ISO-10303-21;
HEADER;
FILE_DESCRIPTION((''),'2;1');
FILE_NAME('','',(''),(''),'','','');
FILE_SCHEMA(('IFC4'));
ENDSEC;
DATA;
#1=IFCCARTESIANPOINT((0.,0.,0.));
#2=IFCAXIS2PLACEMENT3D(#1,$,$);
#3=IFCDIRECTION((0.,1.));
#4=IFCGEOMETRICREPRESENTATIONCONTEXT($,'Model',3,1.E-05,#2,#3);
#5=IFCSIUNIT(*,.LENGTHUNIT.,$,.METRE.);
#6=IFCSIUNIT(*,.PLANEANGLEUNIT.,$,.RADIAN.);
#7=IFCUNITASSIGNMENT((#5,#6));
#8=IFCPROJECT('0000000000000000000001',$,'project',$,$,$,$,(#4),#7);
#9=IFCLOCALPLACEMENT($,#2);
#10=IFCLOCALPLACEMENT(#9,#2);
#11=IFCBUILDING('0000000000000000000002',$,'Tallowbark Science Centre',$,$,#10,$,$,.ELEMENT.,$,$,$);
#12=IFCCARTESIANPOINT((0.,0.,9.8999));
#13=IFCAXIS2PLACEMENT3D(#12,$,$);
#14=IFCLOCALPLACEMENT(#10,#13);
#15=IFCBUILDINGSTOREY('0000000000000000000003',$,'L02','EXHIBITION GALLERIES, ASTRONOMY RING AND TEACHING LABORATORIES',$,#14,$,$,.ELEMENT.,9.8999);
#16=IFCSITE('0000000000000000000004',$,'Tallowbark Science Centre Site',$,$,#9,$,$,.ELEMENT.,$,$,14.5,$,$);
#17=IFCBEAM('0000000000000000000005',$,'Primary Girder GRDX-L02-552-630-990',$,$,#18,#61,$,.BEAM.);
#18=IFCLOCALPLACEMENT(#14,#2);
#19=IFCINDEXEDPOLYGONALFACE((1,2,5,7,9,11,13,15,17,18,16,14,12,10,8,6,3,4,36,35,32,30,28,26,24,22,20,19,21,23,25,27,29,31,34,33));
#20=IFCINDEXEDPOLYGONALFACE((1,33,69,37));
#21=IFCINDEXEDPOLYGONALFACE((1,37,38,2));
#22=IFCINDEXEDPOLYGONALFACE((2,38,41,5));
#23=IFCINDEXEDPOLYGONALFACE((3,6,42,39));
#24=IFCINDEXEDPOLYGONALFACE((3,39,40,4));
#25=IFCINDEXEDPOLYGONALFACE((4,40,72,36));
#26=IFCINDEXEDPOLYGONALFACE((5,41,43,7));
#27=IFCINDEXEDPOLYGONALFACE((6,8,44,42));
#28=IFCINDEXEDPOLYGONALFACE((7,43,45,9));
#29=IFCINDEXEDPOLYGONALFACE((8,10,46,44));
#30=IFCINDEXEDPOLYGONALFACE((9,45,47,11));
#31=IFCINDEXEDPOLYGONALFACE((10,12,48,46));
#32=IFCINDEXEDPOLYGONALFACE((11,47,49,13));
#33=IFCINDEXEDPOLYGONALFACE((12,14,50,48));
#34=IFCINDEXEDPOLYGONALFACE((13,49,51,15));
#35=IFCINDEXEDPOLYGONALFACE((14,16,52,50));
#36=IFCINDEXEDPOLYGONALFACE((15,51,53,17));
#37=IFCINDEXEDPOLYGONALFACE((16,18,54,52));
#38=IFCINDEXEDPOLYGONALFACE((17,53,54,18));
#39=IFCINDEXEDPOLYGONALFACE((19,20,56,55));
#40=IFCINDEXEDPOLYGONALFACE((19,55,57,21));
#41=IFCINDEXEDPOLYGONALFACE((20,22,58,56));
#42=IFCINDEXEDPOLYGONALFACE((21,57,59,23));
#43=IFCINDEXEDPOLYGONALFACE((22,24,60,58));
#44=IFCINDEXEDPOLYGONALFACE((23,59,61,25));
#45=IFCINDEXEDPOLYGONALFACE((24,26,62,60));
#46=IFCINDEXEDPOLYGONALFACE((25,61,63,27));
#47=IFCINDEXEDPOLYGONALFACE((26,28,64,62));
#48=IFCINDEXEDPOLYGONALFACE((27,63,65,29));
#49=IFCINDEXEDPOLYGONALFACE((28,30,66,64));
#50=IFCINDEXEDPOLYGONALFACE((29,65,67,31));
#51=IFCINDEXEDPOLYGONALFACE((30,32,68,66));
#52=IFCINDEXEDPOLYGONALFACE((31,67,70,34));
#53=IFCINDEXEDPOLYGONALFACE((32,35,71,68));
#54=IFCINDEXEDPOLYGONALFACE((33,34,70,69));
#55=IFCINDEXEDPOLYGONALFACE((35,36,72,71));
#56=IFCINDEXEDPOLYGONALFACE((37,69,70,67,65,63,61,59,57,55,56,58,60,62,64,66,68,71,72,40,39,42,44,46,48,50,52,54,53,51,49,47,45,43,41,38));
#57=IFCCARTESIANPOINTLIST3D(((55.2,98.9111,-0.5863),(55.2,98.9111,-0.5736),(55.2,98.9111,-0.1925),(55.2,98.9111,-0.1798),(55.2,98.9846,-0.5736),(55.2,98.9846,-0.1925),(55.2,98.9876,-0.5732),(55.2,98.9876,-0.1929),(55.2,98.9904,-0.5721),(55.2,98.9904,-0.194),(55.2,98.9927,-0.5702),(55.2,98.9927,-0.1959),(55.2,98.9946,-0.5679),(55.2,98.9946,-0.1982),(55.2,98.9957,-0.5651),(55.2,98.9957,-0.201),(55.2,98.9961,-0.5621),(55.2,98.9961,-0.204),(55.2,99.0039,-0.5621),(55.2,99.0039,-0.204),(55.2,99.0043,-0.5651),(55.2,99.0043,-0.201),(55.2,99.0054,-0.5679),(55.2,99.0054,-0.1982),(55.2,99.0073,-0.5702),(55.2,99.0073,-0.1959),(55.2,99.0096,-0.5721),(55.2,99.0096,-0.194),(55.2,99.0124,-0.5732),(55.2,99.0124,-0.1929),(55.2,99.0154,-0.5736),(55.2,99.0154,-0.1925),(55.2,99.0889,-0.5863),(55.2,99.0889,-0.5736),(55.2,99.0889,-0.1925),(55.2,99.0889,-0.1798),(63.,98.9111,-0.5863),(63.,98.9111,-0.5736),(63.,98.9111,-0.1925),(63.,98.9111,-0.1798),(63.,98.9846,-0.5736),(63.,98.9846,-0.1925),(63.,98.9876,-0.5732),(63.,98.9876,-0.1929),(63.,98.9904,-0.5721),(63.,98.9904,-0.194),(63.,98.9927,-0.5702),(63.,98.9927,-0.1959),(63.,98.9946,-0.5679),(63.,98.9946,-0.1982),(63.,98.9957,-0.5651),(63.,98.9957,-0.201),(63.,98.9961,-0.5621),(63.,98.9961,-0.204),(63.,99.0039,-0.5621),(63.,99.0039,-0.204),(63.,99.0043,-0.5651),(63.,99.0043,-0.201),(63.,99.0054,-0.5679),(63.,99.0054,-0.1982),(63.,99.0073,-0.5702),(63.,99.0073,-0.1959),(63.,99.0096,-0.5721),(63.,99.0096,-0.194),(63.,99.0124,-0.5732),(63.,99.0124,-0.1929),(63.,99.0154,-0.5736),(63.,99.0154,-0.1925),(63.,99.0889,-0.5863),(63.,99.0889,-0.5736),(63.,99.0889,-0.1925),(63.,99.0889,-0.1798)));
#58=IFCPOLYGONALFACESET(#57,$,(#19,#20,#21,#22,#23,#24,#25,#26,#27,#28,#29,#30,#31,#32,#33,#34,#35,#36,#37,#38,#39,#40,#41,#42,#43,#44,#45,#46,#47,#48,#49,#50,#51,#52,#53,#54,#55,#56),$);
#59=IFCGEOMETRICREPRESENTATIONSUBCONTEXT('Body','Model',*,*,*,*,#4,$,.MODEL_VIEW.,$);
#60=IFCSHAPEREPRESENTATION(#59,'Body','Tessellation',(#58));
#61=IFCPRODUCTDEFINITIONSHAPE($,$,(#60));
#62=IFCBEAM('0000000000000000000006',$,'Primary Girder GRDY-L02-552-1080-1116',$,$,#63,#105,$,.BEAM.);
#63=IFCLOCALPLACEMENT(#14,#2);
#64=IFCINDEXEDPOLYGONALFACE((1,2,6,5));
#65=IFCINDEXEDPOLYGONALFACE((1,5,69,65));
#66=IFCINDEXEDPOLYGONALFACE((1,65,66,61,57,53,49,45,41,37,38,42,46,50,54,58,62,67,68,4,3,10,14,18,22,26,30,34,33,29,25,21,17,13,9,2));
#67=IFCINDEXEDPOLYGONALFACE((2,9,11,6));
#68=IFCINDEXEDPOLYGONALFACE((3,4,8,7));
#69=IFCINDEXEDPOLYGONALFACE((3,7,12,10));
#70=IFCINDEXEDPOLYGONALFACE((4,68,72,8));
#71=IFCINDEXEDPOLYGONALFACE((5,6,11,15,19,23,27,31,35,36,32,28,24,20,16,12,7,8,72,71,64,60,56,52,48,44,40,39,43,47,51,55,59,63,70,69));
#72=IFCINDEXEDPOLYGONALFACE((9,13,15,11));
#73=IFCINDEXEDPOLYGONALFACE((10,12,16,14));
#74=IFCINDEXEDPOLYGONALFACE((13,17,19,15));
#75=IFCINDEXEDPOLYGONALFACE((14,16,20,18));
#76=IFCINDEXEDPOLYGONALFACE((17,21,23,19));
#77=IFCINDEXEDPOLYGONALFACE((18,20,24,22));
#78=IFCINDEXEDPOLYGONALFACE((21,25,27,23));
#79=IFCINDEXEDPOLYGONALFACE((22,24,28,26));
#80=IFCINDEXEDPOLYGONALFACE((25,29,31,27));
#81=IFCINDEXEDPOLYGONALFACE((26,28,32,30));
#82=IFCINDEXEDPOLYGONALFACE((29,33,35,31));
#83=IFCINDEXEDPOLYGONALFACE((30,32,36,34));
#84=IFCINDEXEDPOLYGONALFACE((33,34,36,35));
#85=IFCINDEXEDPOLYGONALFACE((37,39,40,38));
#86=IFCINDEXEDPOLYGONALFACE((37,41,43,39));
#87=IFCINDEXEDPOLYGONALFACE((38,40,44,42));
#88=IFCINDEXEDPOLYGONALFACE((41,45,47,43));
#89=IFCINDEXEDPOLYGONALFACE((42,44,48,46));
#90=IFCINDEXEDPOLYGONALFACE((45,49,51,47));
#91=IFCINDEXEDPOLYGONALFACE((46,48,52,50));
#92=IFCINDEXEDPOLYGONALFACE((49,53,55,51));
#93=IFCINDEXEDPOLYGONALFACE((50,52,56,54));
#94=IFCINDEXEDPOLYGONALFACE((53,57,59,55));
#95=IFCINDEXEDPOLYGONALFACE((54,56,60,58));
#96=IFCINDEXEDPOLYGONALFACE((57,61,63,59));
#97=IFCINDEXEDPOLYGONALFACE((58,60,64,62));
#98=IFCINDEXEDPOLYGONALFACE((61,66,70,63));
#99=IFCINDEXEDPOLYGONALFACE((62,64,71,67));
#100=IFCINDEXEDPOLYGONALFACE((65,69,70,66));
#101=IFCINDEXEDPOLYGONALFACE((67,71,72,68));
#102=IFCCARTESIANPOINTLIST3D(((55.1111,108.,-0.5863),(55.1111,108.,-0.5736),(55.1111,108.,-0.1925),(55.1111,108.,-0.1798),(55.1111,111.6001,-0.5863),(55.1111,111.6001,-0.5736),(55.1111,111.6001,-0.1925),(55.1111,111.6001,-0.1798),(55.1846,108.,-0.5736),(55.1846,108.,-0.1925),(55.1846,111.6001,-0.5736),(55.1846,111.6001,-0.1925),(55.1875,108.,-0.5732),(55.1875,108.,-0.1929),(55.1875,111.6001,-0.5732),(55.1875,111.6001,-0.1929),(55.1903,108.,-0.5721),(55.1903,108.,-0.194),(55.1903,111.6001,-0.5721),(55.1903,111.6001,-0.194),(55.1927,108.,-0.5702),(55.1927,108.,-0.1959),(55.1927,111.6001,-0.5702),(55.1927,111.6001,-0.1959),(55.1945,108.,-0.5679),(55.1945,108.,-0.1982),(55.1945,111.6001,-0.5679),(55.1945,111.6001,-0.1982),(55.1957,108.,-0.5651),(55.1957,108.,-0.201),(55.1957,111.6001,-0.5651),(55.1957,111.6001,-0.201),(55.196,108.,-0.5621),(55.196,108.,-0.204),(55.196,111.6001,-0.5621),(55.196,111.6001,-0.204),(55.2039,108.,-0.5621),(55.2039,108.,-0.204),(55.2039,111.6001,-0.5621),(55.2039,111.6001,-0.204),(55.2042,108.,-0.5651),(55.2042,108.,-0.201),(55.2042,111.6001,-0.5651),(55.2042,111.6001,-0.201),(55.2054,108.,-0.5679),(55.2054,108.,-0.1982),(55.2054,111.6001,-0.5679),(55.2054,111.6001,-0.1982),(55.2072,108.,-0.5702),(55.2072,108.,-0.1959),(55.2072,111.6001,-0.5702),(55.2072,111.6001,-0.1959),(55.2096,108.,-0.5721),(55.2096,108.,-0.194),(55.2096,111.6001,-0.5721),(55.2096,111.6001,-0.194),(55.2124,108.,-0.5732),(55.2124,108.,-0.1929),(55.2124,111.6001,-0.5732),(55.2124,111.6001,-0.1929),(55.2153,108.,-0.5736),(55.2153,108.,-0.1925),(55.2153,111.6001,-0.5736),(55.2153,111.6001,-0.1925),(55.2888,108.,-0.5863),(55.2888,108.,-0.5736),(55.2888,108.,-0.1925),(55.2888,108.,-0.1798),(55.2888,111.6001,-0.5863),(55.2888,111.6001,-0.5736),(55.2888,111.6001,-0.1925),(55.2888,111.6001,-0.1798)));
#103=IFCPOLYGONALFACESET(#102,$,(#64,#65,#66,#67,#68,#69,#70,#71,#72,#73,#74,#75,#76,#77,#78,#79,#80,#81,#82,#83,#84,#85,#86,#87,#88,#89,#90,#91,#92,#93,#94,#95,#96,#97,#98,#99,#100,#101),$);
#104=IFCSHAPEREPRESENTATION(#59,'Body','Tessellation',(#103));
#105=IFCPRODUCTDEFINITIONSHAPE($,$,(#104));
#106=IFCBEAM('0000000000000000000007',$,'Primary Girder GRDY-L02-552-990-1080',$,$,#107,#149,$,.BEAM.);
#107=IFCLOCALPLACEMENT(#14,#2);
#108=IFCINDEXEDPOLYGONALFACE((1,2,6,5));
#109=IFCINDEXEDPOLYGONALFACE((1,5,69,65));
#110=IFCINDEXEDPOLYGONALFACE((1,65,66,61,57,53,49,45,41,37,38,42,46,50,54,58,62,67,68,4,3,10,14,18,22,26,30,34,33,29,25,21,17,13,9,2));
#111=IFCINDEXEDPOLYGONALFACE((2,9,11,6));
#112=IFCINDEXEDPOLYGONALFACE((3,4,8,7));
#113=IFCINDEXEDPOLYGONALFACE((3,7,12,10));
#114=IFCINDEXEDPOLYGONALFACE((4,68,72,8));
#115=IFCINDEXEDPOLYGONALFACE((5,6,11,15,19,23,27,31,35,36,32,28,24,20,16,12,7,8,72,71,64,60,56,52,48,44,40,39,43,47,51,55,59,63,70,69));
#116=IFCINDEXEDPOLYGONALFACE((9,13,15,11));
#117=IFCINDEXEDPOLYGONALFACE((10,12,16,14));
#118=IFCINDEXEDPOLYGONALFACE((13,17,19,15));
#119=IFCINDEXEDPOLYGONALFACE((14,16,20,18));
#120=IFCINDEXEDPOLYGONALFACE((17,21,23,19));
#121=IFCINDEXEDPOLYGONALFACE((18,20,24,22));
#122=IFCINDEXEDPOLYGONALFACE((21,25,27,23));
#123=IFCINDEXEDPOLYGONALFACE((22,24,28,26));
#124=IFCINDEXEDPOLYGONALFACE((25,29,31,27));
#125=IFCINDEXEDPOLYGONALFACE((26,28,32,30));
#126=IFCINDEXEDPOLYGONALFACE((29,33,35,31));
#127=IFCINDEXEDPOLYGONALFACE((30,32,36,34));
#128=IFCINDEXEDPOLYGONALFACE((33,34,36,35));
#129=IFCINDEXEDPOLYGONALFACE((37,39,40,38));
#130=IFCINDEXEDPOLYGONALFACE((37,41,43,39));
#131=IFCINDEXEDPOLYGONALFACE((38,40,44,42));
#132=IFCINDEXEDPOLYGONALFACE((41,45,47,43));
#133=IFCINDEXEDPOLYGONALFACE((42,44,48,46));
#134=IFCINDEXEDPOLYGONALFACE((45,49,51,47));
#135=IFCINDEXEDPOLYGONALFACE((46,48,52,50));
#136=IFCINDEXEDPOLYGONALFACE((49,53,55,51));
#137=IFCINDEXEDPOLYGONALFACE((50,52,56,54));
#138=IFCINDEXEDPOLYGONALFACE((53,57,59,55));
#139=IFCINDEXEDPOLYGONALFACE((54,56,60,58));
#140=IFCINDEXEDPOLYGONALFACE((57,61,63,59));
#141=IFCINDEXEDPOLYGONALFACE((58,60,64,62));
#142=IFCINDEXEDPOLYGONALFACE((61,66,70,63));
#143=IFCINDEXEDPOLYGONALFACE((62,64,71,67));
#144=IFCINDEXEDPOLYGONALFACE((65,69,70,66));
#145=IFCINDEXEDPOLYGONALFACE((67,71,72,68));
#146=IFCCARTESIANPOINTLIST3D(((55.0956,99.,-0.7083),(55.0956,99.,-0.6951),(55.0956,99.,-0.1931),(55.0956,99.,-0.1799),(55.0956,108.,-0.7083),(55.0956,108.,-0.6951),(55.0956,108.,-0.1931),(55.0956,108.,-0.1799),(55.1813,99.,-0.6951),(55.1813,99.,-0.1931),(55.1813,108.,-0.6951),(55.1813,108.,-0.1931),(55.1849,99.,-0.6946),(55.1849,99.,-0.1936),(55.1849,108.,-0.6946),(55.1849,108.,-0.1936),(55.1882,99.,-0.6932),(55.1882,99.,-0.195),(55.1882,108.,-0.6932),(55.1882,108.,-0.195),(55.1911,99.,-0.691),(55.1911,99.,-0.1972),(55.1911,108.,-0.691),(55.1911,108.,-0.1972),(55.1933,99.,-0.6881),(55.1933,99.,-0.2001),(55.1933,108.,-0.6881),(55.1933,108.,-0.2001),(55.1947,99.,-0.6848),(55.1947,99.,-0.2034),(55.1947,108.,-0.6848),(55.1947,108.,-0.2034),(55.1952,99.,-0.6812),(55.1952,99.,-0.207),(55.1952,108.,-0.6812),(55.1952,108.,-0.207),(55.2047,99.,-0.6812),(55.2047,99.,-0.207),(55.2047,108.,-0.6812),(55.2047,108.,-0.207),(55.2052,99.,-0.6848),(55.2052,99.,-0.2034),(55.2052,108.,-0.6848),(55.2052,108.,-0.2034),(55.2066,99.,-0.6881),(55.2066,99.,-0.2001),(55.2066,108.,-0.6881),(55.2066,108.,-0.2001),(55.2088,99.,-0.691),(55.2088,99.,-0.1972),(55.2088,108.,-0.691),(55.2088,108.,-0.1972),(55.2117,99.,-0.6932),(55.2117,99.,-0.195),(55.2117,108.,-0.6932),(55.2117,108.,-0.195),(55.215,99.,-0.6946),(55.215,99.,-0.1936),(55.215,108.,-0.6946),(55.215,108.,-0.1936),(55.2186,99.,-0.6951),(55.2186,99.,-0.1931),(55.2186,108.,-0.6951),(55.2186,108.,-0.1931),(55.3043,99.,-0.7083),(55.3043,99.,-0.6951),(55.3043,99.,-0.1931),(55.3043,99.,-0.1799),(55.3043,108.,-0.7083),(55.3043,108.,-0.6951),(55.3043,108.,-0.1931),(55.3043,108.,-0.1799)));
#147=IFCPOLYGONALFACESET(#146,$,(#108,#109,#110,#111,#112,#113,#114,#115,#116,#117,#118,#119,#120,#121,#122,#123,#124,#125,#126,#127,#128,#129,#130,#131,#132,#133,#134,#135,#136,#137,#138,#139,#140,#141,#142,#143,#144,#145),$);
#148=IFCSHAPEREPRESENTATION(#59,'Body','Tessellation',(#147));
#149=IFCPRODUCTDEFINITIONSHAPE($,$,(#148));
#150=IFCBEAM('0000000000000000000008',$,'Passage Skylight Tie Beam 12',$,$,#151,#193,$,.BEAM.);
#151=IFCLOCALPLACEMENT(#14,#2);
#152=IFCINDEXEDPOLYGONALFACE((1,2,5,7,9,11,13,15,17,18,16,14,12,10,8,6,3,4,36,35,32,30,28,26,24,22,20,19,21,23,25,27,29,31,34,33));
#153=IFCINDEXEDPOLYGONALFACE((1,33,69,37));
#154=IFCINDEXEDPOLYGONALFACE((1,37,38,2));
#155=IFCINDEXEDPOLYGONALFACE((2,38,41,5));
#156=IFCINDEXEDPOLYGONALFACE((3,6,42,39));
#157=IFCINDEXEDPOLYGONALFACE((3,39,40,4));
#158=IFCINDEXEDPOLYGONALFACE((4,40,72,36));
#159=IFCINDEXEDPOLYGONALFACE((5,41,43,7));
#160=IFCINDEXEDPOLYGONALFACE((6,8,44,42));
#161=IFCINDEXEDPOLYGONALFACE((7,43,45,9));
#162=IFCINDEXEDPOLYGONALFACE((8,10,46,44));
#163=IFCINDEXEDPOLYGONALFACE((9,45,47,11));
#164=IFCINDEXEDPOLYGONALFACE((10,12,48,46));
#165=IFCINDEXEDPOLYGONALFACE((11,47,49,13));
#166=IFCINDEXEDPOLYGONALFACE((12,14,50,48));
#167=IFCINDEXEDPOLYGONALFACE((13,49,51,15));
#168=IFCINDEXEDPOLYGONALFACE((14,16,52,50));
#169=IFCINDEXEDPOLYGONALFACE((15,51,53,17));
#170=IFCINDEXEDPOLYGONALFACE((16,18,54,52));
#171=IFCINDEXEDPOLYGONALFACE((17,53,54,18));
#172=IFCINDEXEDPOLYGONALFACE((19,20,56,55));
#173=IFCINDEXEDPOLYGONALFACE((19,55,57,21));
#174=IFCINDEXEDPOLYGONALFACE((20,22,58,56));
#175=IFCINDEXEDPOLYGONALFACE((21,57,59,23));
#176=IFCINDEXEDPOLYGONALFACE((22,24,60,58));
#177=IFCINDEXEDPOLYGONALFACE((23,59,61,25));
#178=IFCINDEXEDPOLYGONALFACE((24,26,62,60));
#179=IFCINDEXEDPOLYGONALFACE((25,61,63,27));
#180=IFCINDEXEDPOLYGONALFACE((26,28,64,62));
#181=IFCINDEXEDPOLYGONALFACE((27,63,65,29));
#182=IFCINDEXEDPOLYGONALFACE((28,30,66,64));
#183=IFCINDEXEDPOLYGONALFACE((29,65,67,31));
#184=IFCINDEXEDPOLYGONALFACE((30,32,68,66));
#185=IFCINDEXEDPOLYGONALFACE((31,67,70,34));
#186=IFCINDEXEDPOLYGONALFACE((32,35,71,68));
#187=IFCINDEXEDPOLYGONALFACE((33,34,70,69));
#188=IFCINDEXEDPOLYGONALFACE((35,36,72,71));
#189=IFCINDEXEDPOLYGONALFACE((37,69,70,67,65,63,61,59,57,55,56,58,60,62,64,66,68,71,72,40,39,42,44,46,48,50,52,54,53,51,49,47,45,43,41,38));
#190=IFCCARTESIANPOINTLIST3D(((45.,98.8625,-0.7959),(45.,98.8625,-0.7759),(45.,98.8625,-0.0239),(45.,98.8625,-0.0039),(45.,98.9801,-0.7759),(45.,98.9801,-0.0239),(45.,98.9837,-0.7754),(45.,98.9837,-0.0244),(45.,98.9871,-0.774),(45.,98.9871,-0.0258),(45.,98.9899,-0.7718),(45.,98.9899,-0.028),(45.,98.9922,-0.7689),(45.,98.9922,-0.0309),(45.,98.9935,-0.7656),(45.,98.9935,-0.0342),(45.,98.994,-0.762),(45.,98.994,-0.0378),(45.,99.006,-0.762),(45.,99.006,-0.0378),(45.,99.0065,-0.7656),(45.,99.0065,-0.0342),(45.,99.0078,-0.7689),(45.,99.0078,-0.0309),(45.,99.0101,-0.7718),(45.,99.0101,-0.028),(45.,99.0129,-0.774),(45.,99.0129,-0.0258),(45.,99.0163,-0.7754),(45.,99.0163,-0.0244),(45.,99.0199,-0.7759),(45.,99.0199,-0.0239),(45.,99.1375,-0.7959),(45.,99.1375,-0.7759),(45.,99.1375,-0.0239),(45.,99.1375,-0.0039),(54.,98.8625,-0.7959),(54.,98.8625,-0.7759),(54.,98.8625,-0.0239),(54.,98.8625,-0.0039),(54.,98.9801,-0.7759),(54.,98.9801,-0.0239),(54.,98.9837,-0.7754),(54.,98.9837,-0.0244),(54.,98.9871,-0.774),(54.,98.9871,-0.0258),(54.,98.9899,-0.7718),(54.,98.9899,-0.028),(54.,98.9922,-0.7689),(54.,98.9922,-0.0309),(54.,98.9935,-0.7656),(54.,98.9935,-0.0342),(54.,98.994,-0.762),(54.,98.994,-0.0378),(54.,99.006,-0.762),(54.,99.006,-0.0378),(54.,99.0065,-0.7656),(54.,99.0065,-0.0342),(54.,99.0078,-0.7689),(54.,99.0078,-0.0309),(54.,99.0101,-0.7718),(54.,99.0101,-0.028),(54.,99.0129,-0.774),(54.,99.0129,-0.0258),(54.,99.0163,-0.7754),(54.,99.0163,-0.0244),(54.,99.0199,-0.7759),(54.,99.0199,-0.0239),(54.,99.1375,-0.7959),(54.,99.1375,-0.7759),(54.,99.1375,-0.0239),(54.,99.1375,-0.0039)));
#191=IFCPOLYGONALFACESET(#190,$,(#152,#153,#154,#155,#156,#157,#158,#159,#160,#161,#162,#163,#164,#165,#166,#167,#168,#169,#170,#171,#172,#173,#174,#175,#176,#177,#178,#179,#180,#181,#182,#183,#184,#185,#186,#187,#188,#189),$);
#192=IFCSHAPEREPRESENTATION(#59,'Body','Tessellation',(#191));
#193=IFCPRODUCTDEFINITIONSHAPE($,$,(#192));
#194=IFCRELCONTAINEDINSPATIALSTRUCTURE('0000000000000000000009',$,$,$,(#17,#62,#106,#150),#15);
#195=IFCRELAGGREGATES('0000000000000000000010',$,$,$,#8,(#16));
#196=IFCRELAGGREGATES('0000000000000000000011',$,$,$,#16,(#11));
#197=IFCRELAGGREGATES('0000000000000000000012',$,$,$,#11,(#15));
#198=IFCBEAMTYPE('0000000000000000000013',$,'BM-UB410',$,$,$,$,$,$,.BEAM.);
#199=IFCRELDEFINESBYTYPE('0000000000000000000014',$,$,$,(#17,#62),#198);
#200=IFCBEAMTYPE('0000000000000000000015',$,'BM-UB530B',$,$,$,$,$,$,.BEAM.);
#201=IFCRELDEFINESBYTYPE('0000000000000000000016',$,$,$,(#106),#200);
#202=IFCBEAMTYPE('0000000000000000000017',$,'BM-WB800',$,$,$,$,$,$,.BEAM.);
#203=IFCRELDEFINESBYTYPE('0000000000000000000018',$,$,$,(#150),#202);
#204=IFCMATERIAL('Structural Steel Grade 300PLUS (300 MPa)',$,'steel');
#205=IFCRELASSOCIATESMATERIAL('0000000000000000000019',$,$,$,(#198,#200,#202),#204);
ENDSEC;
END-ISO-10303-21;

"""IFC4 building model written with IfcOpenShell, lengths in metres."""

from ifc_helpers import new_model, si_unit, direction, frame, origin, origin_2d, place, context, subcontext, project, spatial, i_section, extrude, material, material_profile, profile_set, type_object, element, save


model = new_model("IFC4")

# Units and contexts
model_context = context("Model", 3, precision=1e-05, world=origin(), true_north=direction((0.0, 1.0)))
body_context = subcontext(model_context, "Body", "Model", "MODEL_VIEW")
ifc_project = project(units=[si_unit("LENGTHUNIT", "METRE"), si_unit("PLANEANGLEUNIT", "RADIAN")], contexts=[model_context])

# Site, building, storey
site_placement = place(None, origin())
site = spatial("IfcSite", under=ifc_project, at=site_placement, Name="Tallowbark Science Centre Site", CompositionType="ELEMENT", RefElevation=14.5)
building_placement = place(site_placement, origin())
building = spatial("IfcBuilding", under=site, at=building_placement, Name="Tallowbark Science Centre", CompositionType="ELEMENT")
storey_placement = place(building_placement, frame((0.0, 0.0, 9.8999)))
storey = spatial("IfcBuildingStorey", under=building, at=storey_placement, Name="L02", Description="EXHIBITION GALLERIES, ASTRONOMY RING AND TEACHING LABORATORIES", CompositionType="ELEMENT", Elevation=9.8999)

# Beams
ifc_material_1 = material(Name="Structural Steel Grade 300PLUS (300 MPa)", Category="steel")
ifc_material_profile_1 = material_profile(ifc_material_1, i_section(OverallWidth=0.1777, OverallDepth=0.4065, WebThickness=0.0078, FlangeThickness=0.0127, FilletRadius=0.0115, at=origin_2d()), Name="410UB59.7")
ifc_profile_set_1 = profile_set([ifc_material_profile_1], Name="Structural Steel Grade 300PLUS (300 MPa)")
beam_type_1 = type_object("IfcBeamType", Name="BM-UB410", PredefinedType="BEAM", material=ifc_profile_set_1)
beam_1_placement = place(storey_placement, frame((55.2, 99.0, -0.3831), z_axis=(1.0, 0.0, 0.0), x_axis=(0.0, 1.0, 0.0)))
element("IfcBeam", 1, at=beam_1_placement, inside=storey, type_object=beam_type_1, Name="Primary Girder GRDX-L02-552-630-990", PredefinedType="BEAM", context=body_context, shape_type="SweptSolid", body=[
    extrude(i_section(OverallWidth=0.1777, OverallDepth=0.4065, WebThickness=0.0078, FlangeThickness=0.0127, FilletRadius=0.0115, at=origin_2d()), origin(), (0.0, 0.0, 1.0), 7.8),
])
beam_2_placement = place(storey_placement, frame((55.2, 108.0, -0.3831), z_axis=(0.0, 1.0, 0.0), x_axis=(-1.0, 0.0, 0.0)))
element("IfcBeam", 2, at=beam_2_placement, inside=storey, type_object=beam_type_1, Name="Primary Girder GRDY-L02-552-1080-1116", PredefinedType="BEAM", context=body_context, shape_type="SweptSolid", body=[
    extrude(i_section(OverallWidth=0.1777, OverallDepth=0.4065, WebThickness=0.0078, FlangeThickness=0.0127, FilletRadius=0.0115, at=origin_2d()), origin(), (0.0, 0.0, 1.0), 3.6001),
])
ifc_material_profile_2 = material_profile(ifc_material_1, i_section(OverallWidth=0.2087, OverallDepth=0.5283, WebThickness=0.0095, FlangeThickness=0.0132, FilletRadius=0.0139, at=origin_2d()), Name="530UB82.0")
ifc_profile_set_2 = profile_set([ifc_material_profile_2], Name="Structural Steel Grade 300PLUS (300 MPa)")
beam_type_2 = type_object("IfcBeamType", Name="BM-UB530B", PredefinedType="BEAM", material=ifc_profile_set_2)
beam_3_placement = place(storey_placement, frame((55.2, 99.0, -0.4441), z_axis=(0.0, 1.0, 0.0), x_axis=(-1.0, 0.0, 0.0)))
element("IfcBeam", 3, at=beam_3_placement, inside=storey, type_object=beam_type_2, Name="Primary Girder GRDY-L02-552-990-1080", PredefinedType="BEAM", context=body_context, shape_type="SweptSolid", body=[
    extrude(i_section(OverallWidth=0.2087, OverallDepth=0.5283, WebThickness=0.0095, FlangeThickness=0.0132, FilletRadius=0.0139, at=origin_2d()), origin(), (0.0, 0.0, 1.0), 9.0),
])
ifc_material_profile_3 = material_profile(ifc_material_1, i_section(OverallWidth=0.2749, OverallDepth=0.792, WebThickness=0.012, FlangeThickness=0.02, FilletRadius=0.0139, at=origin_2d()), Name="800WB146")
ifc_profile_set_3 = profile_set([ifc_material_profile_3], Name="Structural Steel Grade 300PLUS (300 MPa)")
beam_type_3 = type_object("IfcBeamType", Name="BM-WB800", PredefinedType="BEAM", material=ifc_profile_set_3)
for number, where, z_axis, x_axis, name in (
    (4, (45.0, 99.0, -0.3999), (1.0, 0.0, 0.0), (0.0, 1.0, 0.0), "Passage Skylight Tie Beam 12"),
):
    element("IfcBeam", number, at=place(storey_placement, frame(where, z_axis=z_axis, x_axis=x_axis)), inside=storey, type_object=beam_type_3, Name=name, PredefinedType="BEAM", context=body_context, shape_type="SweptSolid", body=[
        extrude(i_section(OverallWidth=0.2749, OverallDepth=0.792, WebThickness=0.012, FlangeThickness=0.02, FilletRadius=0.0139, at=origin_2d()), origin(), (0.0, 0.0, 1.0), 9.0),
    ])

save(model, "model.ifc")
